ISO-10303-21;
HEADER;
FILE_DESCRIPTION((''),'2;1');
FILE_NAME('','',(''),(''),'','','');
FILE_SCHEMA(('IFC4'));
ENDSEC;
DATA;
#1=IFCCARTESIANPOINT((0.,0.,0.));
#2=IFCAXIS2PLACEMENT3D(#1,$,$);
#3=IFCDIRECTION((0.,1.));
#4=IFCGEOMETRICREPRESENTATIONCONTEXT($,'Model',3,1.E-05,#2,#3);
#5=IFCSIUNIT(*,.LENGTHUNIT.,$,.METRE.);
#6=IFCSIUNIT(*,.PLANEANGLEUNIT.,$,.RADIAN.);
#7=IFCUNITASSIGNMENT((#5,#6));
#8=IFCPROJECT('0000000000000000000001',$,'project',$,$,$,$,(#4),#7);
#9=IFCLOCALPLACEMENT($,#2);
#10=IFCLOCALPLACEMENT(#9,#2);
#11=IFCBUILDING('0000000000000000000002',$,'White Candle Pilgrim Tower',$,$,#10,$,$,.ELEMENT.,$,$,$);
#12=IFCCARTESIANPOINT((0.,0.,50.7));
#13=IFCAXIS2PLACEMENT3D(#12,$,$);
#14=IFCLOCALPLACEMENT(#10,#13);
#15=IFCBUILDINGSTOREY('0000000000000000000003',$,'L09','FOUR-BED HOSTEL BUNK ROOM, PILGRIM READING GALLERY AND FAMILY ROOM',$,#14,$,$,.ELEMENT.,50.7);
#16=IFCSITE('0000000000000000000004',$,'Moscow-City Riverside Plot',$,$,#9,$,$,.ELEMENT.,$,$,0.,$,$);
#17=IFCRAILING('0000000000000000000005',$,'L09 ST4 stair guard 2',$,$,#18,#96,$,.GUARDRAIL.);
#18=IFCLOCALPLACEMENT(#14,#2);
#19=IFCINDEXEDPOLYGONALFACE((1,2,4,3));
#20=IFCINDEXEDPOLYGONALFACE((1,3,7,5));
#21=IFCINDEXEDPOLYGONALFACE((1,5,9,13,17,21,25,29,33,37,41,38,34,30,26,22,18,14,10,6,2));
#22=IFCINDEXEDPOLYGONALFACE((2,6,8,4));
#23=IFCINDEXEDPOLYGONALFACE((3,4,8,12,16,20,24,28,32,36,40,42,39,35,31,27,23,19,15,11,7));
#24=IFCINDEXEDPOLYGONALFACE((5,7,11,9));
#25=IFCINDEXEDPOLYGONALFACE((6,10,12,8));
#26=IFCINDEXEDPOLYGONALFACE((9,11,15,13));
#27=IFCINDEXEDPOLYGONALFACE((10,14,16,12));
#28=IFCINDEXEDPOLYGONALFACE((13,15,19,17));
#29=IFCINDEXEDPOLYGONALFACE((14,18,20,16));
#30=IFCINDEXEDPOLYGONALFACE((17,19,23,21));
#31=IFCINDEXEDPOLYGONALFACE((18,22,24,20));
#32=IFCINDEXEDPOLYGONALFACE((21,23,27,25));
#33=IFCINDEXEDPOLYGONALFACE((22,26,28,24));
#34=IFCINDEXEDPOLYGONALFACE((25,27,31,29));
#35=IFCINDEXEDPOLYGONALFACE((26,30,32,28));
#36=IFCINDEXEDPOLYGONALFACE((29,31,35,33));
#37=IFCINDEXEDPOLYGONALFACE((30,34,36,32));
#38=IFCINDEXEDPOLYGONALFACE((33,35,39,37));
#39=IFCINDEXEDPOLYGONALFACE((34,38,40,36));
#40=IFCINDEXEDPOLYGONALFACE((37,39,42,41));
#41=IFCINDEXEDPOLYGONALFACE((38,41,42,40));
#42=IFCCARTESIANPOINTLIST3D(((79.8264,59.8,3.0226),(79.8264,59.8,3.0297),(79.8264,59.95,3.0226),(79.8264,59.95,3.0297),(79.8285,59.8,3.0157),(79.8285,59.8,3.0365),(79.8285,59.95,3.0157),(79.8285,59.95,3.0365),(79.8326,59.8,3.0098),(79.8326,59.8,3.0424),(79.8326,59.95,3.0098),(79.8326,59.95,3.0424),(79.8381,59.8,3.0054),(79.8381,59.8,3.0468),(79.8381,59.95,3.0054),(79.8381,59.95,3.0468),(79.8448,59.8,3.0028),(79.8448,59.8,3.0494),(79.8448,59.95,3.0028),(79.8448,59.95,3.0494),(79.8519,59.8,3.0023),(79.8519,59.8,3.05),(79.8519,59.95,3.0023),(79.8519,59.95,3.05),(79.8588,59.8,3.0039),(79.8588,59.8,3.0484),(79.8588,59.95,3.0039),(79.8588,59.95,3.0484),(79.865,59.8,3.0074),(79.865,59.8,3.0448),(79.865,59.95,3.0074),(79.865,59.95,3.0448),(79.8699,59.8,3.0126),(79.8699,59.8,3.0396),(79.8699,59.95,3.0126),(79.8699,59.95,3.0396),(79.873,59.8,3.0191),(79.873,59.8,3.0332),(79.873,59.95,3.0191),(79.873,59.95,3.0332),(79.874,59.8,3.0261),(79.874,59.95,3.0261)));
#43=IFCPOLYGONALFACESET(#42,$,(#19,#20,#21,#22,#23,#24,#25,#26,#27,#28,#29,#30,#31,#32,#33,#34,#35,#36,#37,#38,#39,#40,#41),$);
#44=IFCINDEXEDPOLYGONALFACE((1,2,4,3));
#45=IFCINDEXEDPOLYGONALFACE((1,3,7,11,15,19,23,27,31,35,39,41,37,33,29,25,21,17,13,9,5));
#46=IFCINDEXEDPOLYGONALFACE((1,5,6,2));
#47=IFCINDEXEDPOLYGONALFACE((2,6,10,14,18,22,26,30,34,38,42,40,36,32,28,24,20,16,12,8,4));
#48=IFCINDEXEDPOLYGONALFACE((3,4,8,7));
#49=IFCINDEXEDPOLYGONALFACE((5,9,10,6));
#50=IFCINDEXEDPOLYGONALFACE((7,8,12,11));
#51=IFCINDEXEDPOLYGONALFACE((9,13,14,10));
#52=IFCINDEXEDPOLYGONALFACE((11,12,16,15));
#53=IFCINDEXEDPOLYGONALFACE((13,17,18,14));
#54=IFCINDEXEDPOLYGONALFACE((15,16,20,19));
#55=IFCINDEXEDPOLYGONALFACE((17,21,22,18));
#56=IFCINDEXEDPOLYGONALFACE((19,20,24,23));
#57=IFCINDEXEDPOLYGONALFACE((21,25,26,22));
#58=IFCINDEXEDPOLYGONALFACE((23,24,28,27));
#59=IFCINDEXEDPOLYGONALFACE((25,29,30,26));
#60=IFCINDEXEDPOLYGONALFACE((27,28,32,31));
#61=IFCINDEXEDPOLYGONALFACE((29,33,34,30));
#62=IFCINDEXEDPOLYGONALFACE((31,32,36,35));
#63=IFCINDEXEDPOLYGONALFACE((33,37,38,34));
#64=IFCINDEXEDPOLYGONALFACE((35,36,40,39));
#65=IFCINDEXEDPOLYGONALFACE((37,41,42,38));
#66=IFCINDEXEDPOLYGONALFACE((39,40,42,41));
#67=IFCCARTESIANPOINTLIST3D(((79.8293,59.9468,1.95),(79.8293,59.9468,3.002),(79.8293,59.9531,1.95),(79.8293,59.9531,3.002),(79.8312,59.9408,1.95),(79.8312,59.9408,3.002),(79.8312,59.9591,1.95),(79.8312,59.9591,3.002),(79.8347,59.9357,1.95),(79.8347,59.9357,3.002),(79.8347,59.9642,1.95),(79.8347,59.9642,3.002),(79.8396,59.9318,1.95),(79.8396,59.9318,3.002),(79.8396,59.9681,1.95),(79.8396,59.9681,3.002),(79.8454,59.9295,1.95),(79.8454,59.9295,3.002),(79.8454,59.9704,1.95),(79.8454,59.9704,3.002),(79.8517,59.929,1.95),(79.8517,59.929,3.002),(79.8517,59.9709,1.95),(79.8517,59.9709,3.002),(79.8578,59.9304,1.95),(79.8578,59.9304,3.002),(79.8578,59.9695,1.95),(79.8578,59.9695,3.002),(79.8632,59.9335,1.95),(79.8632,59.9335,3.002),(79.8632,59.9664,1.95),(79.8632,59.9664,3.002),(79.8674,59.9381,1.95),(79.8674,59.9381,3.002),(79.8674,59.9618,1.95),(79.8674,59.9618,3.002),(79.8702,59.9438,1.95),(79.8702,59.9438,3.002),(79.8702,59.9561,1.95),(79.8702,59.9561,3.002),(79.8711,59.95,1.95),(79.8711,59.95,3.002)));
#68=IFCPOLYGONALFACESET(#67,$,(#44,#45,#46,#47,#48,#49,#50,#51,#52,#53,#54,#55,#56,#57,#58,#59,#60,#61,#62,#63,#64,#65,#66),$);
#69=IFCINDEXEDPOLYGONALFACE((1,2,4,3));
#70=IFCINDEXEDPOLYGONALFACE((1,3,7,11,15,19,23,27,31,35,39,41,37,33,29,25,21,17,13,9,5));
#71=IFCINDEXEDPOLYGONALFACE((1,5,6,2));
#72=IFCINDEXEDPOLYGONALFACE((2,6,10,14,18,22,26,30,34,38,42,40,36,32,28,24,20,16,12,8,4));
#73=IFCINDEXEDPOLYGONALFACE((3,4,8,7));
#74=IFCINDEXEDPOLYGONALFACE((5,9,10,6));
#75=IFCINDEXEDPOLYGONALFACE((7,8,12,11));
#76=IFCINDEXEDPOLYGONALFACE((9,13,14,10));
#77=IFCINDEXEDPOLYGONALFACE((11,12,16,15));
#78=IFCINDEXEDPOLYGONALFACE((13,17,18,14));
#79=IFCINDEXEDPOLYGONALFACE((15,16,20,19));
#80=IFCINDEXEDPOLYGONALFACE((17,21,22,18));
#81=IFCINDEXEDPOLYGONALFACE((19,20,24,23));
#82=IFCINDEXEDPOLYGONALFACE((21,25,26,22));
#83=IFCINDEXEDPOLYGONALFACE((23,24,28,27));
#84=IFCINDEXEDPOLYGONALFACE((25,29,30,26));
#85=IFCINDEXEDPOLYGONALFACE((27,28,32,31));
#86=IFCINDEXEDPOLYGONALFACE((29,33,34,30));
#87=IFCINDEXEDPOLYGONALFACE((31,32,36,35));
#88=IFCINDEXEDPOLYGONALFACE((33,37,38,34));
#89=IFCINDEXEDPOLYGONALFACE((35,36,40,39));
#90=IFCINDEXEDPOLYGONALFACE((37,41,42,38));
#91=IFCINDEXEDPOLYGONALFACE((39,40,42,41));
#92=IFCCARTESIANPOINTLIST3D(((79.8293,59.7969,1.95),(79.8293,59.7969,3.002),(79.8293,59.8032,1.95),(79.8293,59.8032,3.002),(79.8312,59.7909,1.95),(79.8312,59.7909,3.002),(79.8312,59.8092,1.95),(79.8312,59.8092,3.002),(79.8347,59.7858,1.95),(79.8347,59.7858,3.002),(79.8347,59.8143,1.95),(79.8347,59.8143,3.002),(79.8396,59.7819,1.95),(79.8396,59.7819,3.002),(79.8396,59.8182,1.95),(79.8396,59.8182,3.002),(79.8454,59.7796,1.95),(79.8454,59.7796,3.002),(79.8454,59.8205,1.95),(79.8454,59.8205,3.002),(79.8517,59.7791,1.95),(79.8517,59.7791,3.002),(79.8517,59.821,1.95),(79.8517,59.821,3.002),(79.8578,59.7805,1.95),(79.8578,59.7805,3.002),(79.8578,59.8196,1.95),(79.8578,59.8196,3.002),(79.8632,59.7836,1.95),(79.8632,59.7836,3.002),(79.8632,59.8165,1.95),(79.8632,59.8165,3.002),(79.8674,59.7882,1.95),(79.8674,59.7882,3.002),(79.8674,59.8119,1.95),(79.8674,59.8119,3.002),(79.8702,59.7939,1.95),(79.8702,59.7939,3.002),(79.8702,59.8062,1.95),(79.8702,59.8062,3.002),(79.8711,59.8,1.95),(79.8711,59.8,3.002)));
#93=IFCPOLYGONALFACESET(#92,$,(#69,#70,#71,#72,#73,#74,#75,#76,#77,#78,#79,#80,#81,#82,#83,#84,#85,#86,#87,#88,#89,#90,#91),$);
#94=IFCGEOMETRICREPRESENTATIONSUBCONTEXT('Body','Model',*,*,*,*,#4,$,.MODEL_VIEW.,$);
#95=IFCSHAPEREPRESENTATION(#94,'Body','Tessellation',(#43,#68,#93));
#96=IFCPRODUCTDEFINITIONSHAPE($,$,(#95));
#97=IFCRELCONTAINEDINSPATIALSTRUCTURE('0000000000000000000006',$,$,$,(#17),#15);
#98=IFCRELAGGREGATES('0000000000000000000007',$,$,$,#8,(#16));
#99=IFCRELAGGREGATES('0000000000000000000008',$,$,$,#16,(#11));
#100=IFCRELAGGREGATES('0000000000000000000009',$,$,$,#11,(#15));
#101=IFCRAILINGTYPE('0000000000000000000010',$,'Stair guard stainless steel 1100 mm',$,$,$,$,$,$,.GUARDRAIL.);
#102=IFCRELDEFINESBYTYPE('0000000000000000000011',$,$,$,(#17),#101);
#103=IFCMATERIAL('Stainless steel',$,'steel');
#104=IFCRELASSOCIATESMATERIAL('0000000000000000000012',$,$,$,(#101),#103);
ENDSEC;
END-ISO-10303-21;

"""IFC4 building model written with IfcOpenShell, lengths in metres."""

from ifc_helpers import new_model, si_unit, direction, frame, origin, origin_2d, place, context, subcontext, project, spatial, circle, extrude, material, type_object, element, save


model = new_model("IFC4")

# Units and contexts
model_context = context("Model", 3, precision=1e-05, world=origin(), true_north=direction((0.0, 1.0)))
body_context = subcontext(model_context, "Body", "Model", "MODEL_VIEW")
ifc_project = project(units=[si_unit("LENGTHUNIT", "METRE"), si_unit("PLANEANGLEUNIT", "RADIAN")], contexts=[model_context])

# Site, building, storey
site_placement = place(None, origin())
site = spatial("IfcSite", under=ifc_project, at=site_placement, Name="Moscow-City Riverside Plot", CompositionType="ELEMENT", RefElevation=0.0)
building_placement = place(site_placement, origin())
building = spatial("IfcBuilding", under=site, at=building_placement, Name="White Candle Pilgrim Tower", CompositionType="ELEMENT")
storey_placement = place(building_placement, frame((0.0, 0.0, 50.7)))
storey = spatial("IfcBuildingStorey", under=building, at=storey_placement, Name="L09", Description="FOUR-BED HOSTEL BUNK ROOM, PILGRIM READING GALLERY AND FAMILY ROOM", CompositionType="ELEMENT", Elevation=50.7)

# Railing
ifc_material_1 = material(Name="Stainless steel", Category="steel")
railing_type_1 = type_object("IfcRailingType", Name="Stair guard stainless steel 1100 mm", PredefinedType="GUARDRAIL", material=ifc_material_1)
railing_1_placement = place(storey_placement, frame((79.8501, 59.95, 1.95)))
element("IfcRailing", 1, at=railing_1_placement, inside=storey, type_object=railing_type_1, Name="L09 ST4 stair guard 2", PredefinedType="GUARDRAIL", context=body_context, shape_type="SweptSolid", body=[
    extrude(circle(Radius=0.0239, at=origin_2d()), frame((0.0, 0.0, 1.0762), z_axis=(0.0, -1.0, 0.0), x_axis=(1.0, 0.0, 0.0)), (0.0, 0.0, 1.0), 0.1499),
    extrude(circle(Radius=0.021, at=origin_2d()), origin(), (0.0, 0.0, 1.0), 1.052),
    extrude(circle(Radius=0.021, at=origin_2d()), frame((0.0, -0.1499, 0.0)), (0.0, 0.0, 1.0), 1.052),
])

save(model, "model.ifc")
